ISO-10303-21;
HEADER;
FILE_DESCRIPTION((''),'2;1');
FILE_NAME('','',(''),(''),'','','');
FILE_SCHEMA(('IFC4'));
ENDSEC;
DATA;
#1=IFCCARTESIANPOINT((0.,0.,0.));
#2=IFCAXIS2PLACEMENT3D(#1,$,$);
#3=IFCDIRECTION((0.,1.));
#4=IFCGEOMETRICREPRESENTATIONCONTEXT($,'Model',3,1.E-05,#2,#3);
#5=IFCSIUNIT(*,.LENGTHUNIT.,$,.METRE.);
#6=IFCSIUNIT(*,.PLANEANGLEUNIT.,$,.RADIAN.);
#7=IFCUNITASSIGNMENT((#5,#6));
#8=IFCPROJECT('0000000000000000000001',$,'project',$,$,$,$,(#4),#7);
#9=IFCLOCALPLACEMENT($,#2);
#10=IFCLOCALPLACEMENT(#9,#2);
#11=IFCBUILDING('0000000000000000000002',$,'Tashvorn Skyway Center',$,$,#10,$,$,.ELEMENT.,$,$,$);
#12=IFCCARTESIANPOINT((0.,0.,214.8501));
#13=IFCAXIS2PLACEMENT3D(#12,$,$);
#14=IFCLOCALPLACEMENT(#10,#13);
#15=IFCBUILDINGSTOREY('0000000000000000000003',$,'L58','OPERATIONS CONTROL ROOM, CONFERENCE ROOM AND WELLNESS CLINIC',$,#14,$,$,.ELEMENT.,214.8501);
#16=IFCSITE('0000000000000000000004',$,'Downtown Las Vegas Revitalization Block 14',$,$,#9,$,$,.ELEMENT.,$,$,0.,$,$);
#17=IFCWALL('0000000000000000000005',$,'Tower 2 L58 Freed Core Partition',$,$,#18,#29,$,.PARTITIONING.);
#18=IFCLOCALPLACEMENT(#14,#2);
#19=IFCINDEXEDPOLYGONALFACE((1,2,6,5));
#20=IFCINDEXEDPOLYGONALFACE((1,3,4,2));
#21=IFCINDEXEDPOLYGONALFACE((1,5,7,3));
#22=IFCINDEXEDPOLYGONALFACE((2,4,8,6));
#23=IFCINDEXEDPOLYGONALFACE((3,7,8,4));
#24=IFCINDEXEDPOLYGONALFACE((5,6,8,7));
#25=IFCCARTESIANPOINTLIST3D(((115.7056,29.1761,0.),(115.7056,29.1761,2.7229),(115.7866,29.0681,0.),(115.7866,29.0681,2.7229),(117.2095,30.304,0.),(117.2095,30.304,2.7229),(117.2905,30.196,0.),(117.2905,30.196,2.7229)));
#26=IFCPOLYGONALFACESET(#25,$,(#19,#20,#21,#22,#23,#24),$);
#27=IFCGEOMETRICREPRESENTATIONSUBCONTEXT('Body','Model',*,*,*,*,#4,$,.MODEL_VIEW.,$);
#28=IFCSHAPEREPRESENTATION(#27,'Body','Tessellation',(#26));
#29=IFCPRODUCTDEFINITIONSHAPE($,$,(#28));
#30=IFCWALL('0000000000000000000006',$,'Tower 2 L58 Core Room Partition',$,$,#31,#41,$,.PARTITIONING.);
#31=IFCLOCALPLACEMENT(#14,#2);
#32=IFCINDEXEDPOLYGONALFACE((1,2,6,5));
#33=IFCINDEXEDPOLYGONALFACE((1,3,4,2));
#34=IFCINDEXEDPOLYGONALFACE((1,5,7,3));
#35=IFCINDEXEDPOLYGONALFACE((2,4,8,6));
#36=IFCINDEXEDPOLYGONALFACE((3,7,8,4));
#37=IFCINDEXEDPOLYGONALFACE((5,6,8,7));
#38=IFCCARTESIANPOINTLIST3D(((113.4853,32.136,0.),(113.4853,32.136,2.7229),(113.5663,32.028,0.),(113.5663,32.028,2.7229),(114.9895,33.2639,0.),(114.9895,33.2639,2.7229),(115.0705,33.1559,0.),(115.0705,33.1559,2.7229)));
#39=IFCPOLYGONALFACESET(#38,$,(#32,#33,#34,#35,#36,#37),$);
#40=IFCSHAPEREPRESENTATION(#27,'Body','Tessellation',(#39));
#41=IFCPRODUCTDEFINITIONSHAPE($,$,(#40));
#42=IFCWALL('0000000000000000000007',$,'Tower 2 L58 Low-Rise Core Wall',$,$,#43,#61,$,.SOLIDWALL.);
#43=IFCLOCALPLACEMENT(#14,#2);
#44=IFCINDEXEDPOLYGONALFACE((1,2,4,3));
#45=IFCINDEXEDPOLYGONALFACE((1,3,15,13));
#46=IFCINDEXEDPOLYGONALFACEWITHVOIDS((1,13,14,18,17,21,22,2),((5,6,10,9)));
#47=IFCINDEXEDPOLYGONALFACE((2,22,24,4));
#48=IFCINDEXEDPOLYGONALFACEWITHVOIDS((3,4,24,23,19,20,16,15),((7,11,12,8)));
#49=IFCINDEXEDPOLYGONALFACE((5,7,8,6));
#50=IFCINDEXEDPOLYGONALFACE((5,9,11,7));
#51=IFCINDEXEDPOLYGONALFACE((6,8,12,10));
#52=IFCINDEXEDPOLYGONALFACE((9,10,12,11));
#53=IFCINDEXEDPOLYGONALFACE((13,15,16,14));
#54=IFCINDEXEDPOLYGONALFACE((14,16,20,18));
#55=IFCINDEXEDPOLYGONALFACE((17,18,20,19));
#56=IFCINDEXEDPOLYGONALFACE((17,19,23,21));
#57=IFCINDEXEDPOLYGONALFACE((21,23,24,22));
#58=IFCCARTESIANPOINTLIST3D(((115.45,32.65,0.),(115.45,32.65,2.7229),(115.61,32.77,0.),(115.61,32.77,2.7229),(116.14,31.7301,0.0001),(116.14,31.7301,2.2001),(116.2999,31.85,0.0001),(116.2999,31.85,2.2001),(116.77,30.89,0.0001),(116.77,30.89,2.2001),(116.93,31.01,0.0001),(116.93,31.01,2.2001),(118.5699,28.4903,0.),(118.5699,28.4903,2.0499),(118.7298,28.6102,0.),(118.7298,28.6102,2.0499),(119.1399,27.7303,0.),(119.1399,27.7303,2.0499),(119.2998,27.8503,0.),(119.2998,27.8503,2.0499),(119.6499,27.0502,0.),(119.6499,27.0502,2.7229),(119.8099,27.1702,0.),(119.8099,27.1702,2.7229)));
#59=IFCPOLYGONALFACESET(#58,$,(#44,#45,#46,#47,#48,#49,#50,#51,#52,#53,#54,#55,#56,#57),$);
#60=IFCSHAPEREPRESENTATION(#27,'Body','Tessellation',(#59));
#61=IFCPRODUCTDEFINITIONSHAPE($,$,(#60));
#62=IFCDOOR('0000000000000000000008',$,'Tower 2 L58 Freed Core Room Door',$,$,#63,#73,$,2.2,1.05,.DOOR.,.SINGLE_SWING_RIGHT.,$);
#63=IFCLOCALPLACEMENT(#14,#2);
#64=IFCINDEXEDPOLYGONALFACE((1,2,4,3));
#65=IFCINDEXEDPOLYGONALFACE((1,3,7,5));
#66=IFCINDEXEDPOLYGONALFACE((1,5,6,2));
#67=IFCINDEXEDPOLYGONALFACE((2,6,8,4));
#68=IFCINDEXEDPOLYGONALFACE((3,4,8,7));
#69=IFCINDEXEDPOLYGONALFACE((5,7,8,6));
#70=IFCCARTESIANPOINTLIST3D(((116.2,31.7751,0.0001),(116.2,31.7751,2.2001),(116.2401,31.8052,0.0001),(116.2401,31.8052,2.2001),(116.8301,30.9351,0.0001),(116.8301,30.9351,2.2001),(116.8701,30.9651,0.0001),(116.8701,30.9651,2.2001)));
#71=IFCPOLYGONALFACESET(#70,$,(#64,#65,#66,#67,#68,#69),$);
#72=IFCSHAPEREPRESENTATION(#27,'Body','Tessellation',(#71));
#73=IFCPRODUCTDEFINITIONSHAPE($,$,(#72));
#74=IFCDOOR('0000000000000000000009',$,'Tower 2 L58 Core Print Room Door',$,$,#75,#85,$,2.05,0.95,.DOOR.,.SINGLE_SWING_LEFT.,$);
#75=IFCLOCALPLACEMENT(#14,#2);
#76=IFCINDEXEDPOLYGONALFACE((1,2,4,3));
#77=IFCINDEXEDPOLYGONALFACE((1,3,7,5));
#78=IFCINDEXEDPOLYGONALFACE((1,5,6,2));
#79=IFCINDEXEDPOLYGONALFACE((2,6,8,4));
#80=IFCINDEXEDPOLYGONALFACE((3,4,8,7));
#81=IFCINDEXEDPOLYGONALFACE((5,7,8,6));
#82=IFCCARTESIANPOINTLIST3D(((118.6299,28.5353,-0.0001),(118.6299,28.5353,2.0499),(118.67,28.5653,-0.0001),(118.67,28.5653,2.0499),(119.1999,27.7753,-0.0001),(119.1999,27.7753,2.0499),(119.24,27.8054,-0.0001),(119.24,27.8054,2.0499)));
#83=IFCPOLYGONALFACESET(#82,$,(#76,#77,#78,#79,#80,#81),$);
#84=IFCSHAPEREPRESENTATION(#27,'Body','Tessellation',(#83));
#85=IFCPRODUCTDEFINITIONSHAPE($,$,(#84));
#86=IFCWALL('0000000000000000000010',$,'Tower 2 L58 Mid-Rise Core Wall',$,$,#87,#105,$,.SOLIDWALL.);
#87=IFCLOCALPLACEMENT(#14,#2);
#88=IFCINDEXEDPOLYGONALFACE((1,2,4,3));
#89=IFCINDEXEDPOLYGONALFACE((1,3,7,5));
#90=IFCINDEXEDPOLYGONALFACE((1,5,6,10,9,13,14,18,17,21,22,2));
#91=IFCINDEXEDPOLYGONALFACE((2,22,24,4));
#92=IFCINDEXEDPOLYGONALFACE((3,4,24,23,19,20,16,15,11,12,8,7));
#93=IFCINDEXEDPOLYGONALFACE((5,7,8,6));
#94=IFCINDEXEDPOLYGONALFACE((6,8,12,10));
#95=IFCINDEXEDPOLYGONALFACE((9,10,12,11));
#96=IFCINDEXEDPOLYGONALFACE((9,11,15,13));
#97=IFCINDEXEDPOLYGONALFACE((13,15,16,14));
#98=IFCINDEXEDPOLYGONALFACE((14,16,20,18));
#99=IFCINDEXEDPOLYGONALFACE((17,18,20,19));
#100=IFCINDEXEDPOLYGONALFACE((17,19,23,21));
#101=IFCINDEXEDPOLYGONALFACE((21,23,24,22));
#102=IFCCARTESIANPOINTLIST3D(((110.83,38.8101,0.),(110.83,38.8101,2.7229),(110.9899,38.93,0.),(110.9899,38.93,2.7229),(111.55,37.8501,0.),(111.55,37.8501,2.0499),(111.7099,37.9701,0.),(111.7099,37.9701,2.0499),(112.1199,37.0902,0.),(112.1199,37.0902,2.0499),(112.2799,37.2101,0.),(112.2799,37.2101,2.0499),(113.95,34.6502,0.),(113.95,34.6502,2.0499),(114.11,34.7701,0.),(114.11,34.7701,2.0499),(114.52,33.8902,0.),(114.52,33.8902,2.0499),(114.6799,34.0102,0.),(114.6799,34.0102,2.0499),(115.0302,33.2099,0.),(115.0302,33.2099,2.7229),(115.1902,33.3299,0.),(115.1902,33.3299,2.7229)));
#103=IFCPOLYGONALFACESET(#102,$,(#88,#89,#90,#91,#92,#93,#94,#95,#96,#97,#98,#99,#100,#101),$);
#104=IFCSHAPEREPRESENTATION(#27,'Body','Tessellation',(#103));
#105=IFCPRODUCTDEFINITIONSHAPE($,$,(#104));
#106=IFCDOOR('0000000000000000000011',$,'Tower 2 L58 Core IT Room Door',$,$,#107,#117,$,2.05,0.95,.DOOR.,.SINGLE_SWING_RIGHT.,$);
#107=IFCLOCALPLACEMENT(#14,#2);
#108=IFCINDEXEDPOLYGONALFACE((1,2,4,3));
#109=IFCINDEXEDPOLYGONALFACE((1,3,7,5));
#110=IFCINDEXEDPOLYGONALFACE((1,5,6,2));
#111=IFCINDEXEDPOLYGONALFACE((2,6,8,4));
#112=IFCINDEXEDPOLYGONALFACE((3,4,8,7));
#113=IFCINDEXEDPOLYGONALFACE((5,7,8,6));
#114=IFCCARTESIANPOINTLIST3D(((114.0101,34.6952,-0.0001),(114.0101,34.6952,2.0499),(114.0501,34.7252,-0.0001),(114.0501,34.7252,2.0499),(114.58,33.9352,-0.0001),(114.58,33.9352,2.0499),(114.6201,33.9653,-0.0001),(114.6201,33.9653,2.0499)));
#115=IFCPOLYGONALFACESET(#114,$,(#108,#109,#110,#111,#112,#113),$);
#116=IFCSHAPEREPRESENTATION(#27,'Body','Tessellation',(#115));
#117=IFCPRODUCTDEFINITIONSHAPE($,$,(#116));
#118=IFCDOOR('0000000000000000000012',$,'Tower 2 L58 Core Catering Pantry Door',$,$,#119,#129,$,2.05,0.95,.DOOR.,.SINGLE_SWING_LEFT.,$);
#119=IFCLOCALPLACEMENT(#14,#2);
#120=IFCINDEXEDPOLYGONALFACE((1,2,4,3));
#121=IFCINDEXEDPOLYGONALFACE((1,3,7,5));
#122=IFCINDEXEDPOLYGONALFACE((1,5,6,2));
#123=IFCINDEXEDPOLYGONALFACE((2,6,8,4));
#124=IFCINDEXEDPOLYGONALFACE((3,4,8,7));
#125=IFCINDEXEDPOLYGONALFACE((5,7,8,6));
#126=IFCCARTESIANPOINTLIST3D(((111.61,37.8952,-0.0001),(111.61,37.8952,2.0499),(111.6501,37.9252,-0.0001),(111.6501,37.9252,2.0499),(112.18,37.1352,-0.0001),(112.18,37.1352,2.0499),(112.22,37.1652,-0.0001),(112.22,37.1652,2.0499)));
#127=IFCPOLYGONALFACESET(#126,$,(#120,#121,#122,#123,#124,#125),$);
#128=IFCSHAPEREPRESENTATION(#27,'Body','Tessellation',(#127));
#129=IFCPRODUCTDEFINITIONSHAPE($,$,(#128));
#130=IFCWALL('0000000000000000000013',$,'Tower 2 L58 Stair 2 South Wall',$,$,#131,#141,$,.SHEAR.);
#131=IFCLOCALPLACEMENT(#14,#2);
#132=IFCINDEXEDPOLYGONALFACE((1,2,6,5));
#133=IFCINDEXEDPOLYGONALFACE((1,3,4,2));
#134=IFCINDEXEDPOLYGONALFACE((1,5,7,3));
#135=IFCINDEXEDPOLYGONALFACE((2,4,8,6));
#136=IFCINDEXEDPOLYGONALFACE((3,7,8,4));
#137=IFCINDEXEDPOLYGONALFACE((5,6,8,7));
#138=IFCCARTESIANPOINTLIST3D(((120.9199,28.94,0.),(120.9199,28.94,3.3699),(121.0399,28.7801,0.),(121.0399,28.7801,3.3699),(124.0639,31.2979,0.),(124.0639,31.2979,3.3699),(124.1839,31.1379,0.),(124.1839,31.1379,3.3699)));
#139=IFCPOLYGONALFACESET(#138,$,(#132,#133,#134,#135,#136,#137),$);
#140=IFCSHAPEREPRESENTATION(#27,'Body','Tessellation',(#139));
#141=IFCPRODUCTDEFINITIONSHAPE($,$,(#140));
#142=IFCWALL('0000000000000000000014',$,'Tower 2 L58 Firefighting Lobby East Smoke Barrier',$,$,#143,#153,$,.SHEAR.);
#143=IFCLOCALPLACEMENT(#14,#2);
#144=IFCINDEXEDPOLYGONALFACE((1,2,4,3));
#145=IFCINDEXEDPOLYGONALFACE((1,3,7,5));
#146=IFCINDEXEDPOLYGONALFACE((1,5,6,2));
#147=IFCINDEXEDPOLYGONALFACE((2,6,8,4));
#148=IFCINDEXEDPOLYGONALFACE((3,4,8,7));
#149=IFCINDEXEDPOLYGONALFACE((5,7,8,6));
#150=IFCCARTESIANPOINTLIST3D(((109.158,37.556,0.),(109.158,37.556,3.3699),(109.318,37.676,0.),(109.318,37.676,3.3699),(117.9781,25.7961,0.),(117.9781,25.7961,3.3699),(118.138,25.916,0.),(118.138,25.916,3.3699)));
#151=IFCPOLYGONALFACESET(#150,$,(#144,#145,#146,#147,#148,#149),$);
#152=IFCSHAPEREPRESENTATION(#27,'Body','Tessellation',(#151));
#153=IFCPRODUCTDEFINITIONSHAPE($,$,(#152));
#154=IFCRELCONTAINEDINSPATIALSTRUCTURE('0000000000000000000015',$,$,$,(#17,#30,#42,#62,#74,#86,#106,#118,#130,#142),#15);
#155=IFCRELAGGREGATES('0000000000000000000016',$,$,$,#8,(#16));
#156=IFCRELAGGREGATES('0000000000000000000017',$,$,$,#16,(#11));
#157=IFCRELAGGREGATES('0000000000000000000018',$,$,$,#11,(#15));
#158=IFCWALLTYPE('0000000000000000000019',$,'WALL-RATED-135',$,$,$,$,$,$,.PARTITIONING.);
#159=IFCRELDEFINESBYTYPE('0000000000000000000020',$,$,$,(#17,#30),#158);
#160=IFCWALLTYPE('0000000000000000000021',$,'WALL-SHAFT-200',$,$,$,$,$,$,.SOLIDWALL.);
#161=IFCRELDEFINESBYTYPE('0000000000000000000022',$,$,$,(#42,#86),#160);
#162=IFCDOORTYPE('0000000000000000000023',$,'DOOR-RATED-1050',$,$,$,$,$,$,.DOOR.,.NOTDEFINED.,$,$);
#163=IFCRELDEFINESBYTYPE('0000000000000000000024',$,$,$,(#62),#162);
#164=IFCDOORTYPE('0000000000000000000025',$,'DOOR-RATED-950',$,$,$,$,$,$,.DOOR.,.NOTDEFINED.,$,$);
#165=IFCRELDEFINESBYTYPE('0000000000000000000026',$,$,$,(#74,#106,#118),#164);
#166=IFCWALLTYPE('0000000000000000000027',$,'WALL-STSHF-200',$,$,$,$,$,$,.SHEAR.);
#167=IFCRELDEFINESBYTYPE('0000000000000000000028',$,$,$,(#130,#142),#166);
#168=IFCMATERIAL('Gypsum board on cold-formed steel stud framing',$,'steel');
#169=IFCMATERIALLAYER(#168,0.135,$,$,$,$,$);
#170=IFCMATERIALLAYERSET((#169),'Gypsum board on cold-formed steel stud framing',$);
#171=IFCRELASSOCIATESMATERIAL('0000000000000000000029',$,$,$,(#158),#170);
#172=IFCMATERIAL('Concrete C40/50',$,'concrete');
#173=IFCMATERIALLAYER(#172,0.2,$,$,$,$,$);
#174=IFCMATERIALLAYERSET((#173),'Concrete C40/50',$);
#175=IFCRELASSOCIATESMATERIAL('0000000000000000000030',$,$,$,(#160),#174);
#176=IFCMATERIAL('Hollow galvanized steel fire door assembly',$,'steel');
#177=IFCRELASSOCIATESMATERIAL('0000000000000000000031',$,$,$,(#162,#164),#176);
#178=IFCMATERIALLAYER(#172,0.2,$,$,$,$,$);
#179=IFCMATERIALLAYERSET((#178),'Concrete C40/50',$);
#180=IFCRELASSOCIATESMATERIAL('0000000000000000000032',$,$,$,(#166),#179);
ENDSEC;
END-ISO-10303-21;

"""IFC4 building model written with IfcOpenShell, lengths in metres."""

from ifc_helpers import new_model, si_unit, direction, frame, frame_2d, origin, place, context, subcontext, project, spatial, rectangle, extrude, material, layer, layer_set, type_object, element, fill, save


model = new_model("IFC4")

# Units and contexts
model_context = context("Model", 3, precision=1e-05, world=origin(), true_north=direction((0.0, 1.0)))
body_context = subcontext(model_context, "Body", "Model", "MODEL_VIEW")
ifc_project = project(units=[si_unit("LENGTHUNIT", "METRE"), si_unit("PLANEANGLEUNIT", "RADIAN")], contexts=[model_context])

# Site, building, storey
site_placement = place(None, origin())
site = spatial("IfcSite", under=ifc_project, at=site_placement, Name="Downtown Las Vegas Revitalization Block 14", CompositionType="ELEMENT", RefElevation=0.0)
building_placement = place(site_placement, origin())
building = spatial("IfcBuilding", under=site, at=building_placement, Name="Tashvorn Skyway Center", CompositionType="ELEMENT")
storey_placement = place(building_placement, frame((0.0, 0.0, 214.8501)))
storey = spatial("IfcBuildingStorey", under=building, at=storey_placement, Name="L58", Description="OPERATIONS CONTROL ROOM, CONFERENCE ROOM AND WELLNESS CLINIC", CompositionType="ELEMENT", Elevation=214.8501)

# Shared definitions
ifc_material_1 = material(Name="Concrete C40/50", Category="concrete")
ifc_material_2 = material(Name="Hollow galvanized steel fire door assembly", Category="steel")

# Shared definitions
ifc_material_3 = material(Name="Gypsum board on cold-formed steel stud framing", Category="steel")

# Walls
ifc_layer_1 = layer(ifc_material_3, 0.135)
ifc_layer_set_1 = layer_set([ifc_layer_1], Name="Gypsum board on cold-formed steel stud framing")
wall_type_1 = type_object("IfcWallType", Name="WALL-RATED-135", PredefinedType="PARTITIONING", material=ifc_layer_set_1)
for number, where, z_axis, x_axis, name in (
    (1, (115.7461, 29.1221, 0.0), (0.0, 0.0, 1.0), (0.8, 0.6, 0.0), "Tower 2 L58 Freed Core Partition"),
):
    element("IfcWall", number, at=place(storey_placement, frame(where, z_axis=z_axis, x_axis=x_axis)), inside=storey, type_object=wall_type_1, Name=name, PredefinedType="PARTITIONING", context=body_context, shape_type="SweptSolid", body=[
        extrude(rectangle(XDim=1.8799, YDim=0.135, at=frame_2d((0.9399, 0.0))), origin(), (0.0, 0.0, 1.0), 2.7229),
    ])
wall_1_placement = place(storey_placement, frame((113.5259, 32.082, 0.0), z_axis=(0.0, 0.0, 1.0), x_axis=(0.800047, 0.599938, 0.0)))
element("IfcWall", 2, at=wall_1_placement, inside=storey, type_object=wall_type_1, Name="Tower 2 L58 Core Room Partition", PredefinedType="PARTITIONING", context=body_context, shape_type="SweptSolid", body=[
    extrude(rectangle(XDim=1.8801, YDim=0.135, at=frame_2d((0.9399, 0.0))), origin(), (0.0, 0.0, 1.0), 2.7229),
])

# Walls, openings, doors
ifc_layer_2 = layer(ifc_material_1, 0.2)
ifc_layer_set_2 = layer_set([ifc_layer_2], Name="Concrete C40/50")
wall_type_2 = type_object("IfcWallType", Name="WALL-SHAFT-200", PredefinedType="SOLIDWALL", material=ifc_layer_set_2)
wall_2_placement = place(storey_placement, frame((119.73, 27.1101, 0.0), z_axis=(0.0, 0.0, 1.0), x_axis=(-0.600006, 0.799996, 0.0)))
wall_2 = element("IfcWall", 3, at=wall_2_placement, inside=storey, type_object=wall_type_2, Name="Tower 2 L58 Low-Rise Core Wall", PredefinedType="SOLIDWALL", context=body_context, shape_type="SweptSolid", body=[
    extrude(rectangle(XDim=6.9998, YDim=0.2, at=frame_2d((3.5, 0.0))), origin(), (0.0, 0.0, 1.0), 2.7229),
])
opening_1_placement = place(wall_2_placement, frame((0.8501, 0.0, 0.0)))
opening_1 = element("IfcOpeningElement", 4, at=opening_1_placement, cuts=wall_2, PredefinedType="OPENING", context=body_context, shape_type="SweptSolid", body=[
    extrude(rectangle(XDim=0.95, YDim=2.05, at=frame_2d((0.4751, 1.0249))), frame((0.0, 0.1099, 0.0), z_axis=(0.0, -1.0, 0.0), x_axis=(1.0, 0.0, 0.0)), (0.0, 0.0, 1.0), 0.22),
])
opening_2_placement = place(wall_2_placement, frame((4.8, 0.0, 0.0)))
opening_2 = element("IfcOpeningElement", 5, at=opening_2_placement, cuts=wall_2, PredefinedType="OPENING", context=body_context, shape_type="SweptSolid", body=[
    extrude(rectangle(XDim=1.05, YDim=2.2, at=frame_2d((0.5249, 1.1001))), frame((0.0, 0.1099, 0.0), z_axis=(0.0, -1.0, 0.0), x_axis=(1.0, 0.0, 0.0)), (0.0, 0.0, 1.0), 0.22),
])
door_type_1 = type_object("IfcDoorType", Name="DOOR-RATED-1050", OperationType="NOTDEFINED", PredefinedType="DOOR", material=ifc_material_2)
door_1_placement = place(opening_2_placement, origin())
door_1 = element("IfcDoor", 6, at=door_1_placement, inside=storey, type_object=door_type_1, Name="Tower 2 L58 Freed Core Room Door", OperationType="SINGLE_SWING_RIGHT", OverallHeight=2.2, OverallWidth=1.05, PredefinedType="DOOR", context=body_context, shape_type="SweptSolid", body=[
    extrude(rectangle(XDim=1.05, YDim=2.2, at=frame_2d((0.5249, 1.1001))), frame((0.0, 0.0249, 0.0), z_axis=(0.0, -1.0, 0.0), x_axis=(1.0, 0.0, 0.0)), (0.0, 0.0, 1.0), 0.05),
])
fill(opening_2, door_1)
door_type_2 = type_object("IfcDoorType", Name="DOOR-RATED-950", OperationType="NOTDEFINED", PredefinedType="DOOR", material=ifc_material_2)
door_2_placement = place(opening_1_placement, origin())
door_2 = element("IfcDoor", 7, at=door_2_placement, inside=storey, type_object=door_type_2, Name="Tower 2 L58 Core Print Room Door", OperationType="SINGLE_SWING_LEFT", OverallHeight=2.05, OverallWidth=0.95, PredefinedType="DOOR", context=body_context, shape_type="SweptSolid", body=[
    extrude(rectangle(XDim=0.95, YDim=2.05, at=frame_2d((0.4751, 1.0249))), frame((0.0, 0.0249, 0.0), z_axis=(0.0, -1.0, 0.0), x_axis=(1.0, 0.0, 0.0)), (0.0, 0.0, 1.0), 0.05),
])
fill(opening_1, door_2)
wall_3_placement = place(storey_placement, frame((115.1101, 33.27, 0.0), z_axis=(0.0, 0.0, 1.0), x_axis=(-0.600011, 0.799992, 0.0)))
wall_3 = element("IfcWall", 8, at=wall_3_placement, inside=storey, type_object=wall_type_2, Name="Tower 2 L58 Mid-Rise Core Wall", PredefinedType="SOLIDWALL", context=body_context, shape_type="SweptSolid", body=[
    extrude(rectangle(XDim=7.0002, YDim=0.2, at=frame_2d((3.5, 0.0))), origin(), (0.0, 0.0, 1.0), 2.7229),
])
opening_3_placement = place(wall_3_placement, frame((0.8501, 0.0, 0.0)))
opening_3 = element("IfcOpeningElement", 9, at=opening_3_placement, cuts=wall_3, PredefinedType="OPENING", context=body_context, shape_type="SweptSolid", body=[
    extrude(rectangle(XDim=0.95, YDim=2.05, at=frame_2d((0.4751, 1.0249))), frame((0.0, 0.1099, 0.0), z_axis=(0.0, -1.0, 0.0), x_axis=(1.0, 0.0, 0.0)), (0.0, 0.0, 1.0), 0.22),
])
opening_4_placement = place(wall_3_placement, frame((4.8501, 0.0, 0.0)))
opening_4 = element("IfcOpeningElement", 10, at=opening_4_placement, cuts=wall_3, PredefinedType="OPENING", context=body_context, shape_type="SweptSolid", body=[
    extrude(rectangle(XDim=0.95, YDim=2.05, at=frame_2d((0.4751, 1.0249))), frame((0.0, 0.1099, 0.0), z_axis=(0.0, -1.0, 0.0), x_axis=(1.0, 0.0, 0.0)), (0.0, 0.0, 1.0), 0.22),
])
door_3_placement = place(opening_3_placement, origin())
door_3 = element("IfcDoor", 11, at=door_3_placement, inside=storey, type_object=door_type_2, Name="Tower 2 L58 Core IT Room Door", OperationType="SINGLE_SWING_RIGHT", OverallHeight=2.05, OverallWidth=0.95, PredefinedType="DOOR", context=body_context, shape_type="SweptSolid", body=[
    extrude(rectangle(XDim=0.95, YDim=2.05, at=frame_2d((0.4751, 1.0249))), frame((0.0, 0.0249, 0.0), z_axis=(0.0, -1.0, 0.0), x_axis=(1.0, 0.0, 0.0)), (0.0, 0.0, 1.0), 0.05),
])
fill(opening_3, door_3)
door_4_placement = place(opening_4_placement, origin())
door_4 = element("IfcDoor", 12, at=door_4_placement, inside=storey, type_object=door_type_2, Name="Tower 2 L58 Core Catering Pantry Door", OperationType="SINGLE_SWING_LEFT", OverallHeight=2.05, OverallWidth=0.95, PredefinedType="DOOR", context=body_context, shape_type="SweptSolid", body=[
    extrude(rectangle(XDim=0.95, YDim=2.05, at=frame_2d((0.4751, 1.0249))), frame((0.0, 0.0249, 0.0), z_axis=(0.0, -1.0, 0.0), x_axis=(1.0, 0.0, 0.0)), (0.0, 0.0, 1.0), 0.05),
])
fill(opening_4, door_4)

# Walls
ifc_layer_3 = layer(ifc_material_1, 0.2)
ifc_layer_set_3 = layer_set([ifc_layer_3], Name="Concrete C40/50")
wall_type_3 = type_object("IfcWallType", Name="WALL-STSHF-200", PredefinedType="SHEAR", material=ifc_layer_set_3)
wall_4_placement = place(storey_placement, frame((120.98, 28.8601, 0.0), z_axis=(0.0, 0.0, 1.0), x_axis=(0.800015, 0.59998, 0.0)))
element("IfcWall", 13, at=wall_4_placement, inside=storey, type_object=wall_type_3, Name="Tower 2 L58 Stair 2 South Wall", PredefinedType="SHEAR", context=body_context, shape_type="SweptSolid", body=[
    extrude(rectangle(XDim=3.9299, YDim=0.2, at=frame_2d((1.9648, 0.0))), origin(), (0.0, 0.0, 1.0), 3.3699),
])
wall_5_placement = place(storey_placement, frame((118.0581, 25.856, 0.0), z_axis=(0.0, 0.0, 1.0), x_axis=(-0.600003, 0.799998, 0.0)))
element("IfcWall", 14, at=wall_5_placement, inside=storey, type_object=wall_type_3, Name="Tower 2 L58 Firefighting Lobby East Smoke Barrier", PredefinedType="SHEAR", context=body_context, shape_type="SweptSolid", body=[
    extrude(rectangle(XDim=14.7, YDim=0.2, at=frame_2d((7.3501, 0.0))), origin(), (0.0, 0.0, 1.0), 3.3699),
])

save(model, "model.ifc")
